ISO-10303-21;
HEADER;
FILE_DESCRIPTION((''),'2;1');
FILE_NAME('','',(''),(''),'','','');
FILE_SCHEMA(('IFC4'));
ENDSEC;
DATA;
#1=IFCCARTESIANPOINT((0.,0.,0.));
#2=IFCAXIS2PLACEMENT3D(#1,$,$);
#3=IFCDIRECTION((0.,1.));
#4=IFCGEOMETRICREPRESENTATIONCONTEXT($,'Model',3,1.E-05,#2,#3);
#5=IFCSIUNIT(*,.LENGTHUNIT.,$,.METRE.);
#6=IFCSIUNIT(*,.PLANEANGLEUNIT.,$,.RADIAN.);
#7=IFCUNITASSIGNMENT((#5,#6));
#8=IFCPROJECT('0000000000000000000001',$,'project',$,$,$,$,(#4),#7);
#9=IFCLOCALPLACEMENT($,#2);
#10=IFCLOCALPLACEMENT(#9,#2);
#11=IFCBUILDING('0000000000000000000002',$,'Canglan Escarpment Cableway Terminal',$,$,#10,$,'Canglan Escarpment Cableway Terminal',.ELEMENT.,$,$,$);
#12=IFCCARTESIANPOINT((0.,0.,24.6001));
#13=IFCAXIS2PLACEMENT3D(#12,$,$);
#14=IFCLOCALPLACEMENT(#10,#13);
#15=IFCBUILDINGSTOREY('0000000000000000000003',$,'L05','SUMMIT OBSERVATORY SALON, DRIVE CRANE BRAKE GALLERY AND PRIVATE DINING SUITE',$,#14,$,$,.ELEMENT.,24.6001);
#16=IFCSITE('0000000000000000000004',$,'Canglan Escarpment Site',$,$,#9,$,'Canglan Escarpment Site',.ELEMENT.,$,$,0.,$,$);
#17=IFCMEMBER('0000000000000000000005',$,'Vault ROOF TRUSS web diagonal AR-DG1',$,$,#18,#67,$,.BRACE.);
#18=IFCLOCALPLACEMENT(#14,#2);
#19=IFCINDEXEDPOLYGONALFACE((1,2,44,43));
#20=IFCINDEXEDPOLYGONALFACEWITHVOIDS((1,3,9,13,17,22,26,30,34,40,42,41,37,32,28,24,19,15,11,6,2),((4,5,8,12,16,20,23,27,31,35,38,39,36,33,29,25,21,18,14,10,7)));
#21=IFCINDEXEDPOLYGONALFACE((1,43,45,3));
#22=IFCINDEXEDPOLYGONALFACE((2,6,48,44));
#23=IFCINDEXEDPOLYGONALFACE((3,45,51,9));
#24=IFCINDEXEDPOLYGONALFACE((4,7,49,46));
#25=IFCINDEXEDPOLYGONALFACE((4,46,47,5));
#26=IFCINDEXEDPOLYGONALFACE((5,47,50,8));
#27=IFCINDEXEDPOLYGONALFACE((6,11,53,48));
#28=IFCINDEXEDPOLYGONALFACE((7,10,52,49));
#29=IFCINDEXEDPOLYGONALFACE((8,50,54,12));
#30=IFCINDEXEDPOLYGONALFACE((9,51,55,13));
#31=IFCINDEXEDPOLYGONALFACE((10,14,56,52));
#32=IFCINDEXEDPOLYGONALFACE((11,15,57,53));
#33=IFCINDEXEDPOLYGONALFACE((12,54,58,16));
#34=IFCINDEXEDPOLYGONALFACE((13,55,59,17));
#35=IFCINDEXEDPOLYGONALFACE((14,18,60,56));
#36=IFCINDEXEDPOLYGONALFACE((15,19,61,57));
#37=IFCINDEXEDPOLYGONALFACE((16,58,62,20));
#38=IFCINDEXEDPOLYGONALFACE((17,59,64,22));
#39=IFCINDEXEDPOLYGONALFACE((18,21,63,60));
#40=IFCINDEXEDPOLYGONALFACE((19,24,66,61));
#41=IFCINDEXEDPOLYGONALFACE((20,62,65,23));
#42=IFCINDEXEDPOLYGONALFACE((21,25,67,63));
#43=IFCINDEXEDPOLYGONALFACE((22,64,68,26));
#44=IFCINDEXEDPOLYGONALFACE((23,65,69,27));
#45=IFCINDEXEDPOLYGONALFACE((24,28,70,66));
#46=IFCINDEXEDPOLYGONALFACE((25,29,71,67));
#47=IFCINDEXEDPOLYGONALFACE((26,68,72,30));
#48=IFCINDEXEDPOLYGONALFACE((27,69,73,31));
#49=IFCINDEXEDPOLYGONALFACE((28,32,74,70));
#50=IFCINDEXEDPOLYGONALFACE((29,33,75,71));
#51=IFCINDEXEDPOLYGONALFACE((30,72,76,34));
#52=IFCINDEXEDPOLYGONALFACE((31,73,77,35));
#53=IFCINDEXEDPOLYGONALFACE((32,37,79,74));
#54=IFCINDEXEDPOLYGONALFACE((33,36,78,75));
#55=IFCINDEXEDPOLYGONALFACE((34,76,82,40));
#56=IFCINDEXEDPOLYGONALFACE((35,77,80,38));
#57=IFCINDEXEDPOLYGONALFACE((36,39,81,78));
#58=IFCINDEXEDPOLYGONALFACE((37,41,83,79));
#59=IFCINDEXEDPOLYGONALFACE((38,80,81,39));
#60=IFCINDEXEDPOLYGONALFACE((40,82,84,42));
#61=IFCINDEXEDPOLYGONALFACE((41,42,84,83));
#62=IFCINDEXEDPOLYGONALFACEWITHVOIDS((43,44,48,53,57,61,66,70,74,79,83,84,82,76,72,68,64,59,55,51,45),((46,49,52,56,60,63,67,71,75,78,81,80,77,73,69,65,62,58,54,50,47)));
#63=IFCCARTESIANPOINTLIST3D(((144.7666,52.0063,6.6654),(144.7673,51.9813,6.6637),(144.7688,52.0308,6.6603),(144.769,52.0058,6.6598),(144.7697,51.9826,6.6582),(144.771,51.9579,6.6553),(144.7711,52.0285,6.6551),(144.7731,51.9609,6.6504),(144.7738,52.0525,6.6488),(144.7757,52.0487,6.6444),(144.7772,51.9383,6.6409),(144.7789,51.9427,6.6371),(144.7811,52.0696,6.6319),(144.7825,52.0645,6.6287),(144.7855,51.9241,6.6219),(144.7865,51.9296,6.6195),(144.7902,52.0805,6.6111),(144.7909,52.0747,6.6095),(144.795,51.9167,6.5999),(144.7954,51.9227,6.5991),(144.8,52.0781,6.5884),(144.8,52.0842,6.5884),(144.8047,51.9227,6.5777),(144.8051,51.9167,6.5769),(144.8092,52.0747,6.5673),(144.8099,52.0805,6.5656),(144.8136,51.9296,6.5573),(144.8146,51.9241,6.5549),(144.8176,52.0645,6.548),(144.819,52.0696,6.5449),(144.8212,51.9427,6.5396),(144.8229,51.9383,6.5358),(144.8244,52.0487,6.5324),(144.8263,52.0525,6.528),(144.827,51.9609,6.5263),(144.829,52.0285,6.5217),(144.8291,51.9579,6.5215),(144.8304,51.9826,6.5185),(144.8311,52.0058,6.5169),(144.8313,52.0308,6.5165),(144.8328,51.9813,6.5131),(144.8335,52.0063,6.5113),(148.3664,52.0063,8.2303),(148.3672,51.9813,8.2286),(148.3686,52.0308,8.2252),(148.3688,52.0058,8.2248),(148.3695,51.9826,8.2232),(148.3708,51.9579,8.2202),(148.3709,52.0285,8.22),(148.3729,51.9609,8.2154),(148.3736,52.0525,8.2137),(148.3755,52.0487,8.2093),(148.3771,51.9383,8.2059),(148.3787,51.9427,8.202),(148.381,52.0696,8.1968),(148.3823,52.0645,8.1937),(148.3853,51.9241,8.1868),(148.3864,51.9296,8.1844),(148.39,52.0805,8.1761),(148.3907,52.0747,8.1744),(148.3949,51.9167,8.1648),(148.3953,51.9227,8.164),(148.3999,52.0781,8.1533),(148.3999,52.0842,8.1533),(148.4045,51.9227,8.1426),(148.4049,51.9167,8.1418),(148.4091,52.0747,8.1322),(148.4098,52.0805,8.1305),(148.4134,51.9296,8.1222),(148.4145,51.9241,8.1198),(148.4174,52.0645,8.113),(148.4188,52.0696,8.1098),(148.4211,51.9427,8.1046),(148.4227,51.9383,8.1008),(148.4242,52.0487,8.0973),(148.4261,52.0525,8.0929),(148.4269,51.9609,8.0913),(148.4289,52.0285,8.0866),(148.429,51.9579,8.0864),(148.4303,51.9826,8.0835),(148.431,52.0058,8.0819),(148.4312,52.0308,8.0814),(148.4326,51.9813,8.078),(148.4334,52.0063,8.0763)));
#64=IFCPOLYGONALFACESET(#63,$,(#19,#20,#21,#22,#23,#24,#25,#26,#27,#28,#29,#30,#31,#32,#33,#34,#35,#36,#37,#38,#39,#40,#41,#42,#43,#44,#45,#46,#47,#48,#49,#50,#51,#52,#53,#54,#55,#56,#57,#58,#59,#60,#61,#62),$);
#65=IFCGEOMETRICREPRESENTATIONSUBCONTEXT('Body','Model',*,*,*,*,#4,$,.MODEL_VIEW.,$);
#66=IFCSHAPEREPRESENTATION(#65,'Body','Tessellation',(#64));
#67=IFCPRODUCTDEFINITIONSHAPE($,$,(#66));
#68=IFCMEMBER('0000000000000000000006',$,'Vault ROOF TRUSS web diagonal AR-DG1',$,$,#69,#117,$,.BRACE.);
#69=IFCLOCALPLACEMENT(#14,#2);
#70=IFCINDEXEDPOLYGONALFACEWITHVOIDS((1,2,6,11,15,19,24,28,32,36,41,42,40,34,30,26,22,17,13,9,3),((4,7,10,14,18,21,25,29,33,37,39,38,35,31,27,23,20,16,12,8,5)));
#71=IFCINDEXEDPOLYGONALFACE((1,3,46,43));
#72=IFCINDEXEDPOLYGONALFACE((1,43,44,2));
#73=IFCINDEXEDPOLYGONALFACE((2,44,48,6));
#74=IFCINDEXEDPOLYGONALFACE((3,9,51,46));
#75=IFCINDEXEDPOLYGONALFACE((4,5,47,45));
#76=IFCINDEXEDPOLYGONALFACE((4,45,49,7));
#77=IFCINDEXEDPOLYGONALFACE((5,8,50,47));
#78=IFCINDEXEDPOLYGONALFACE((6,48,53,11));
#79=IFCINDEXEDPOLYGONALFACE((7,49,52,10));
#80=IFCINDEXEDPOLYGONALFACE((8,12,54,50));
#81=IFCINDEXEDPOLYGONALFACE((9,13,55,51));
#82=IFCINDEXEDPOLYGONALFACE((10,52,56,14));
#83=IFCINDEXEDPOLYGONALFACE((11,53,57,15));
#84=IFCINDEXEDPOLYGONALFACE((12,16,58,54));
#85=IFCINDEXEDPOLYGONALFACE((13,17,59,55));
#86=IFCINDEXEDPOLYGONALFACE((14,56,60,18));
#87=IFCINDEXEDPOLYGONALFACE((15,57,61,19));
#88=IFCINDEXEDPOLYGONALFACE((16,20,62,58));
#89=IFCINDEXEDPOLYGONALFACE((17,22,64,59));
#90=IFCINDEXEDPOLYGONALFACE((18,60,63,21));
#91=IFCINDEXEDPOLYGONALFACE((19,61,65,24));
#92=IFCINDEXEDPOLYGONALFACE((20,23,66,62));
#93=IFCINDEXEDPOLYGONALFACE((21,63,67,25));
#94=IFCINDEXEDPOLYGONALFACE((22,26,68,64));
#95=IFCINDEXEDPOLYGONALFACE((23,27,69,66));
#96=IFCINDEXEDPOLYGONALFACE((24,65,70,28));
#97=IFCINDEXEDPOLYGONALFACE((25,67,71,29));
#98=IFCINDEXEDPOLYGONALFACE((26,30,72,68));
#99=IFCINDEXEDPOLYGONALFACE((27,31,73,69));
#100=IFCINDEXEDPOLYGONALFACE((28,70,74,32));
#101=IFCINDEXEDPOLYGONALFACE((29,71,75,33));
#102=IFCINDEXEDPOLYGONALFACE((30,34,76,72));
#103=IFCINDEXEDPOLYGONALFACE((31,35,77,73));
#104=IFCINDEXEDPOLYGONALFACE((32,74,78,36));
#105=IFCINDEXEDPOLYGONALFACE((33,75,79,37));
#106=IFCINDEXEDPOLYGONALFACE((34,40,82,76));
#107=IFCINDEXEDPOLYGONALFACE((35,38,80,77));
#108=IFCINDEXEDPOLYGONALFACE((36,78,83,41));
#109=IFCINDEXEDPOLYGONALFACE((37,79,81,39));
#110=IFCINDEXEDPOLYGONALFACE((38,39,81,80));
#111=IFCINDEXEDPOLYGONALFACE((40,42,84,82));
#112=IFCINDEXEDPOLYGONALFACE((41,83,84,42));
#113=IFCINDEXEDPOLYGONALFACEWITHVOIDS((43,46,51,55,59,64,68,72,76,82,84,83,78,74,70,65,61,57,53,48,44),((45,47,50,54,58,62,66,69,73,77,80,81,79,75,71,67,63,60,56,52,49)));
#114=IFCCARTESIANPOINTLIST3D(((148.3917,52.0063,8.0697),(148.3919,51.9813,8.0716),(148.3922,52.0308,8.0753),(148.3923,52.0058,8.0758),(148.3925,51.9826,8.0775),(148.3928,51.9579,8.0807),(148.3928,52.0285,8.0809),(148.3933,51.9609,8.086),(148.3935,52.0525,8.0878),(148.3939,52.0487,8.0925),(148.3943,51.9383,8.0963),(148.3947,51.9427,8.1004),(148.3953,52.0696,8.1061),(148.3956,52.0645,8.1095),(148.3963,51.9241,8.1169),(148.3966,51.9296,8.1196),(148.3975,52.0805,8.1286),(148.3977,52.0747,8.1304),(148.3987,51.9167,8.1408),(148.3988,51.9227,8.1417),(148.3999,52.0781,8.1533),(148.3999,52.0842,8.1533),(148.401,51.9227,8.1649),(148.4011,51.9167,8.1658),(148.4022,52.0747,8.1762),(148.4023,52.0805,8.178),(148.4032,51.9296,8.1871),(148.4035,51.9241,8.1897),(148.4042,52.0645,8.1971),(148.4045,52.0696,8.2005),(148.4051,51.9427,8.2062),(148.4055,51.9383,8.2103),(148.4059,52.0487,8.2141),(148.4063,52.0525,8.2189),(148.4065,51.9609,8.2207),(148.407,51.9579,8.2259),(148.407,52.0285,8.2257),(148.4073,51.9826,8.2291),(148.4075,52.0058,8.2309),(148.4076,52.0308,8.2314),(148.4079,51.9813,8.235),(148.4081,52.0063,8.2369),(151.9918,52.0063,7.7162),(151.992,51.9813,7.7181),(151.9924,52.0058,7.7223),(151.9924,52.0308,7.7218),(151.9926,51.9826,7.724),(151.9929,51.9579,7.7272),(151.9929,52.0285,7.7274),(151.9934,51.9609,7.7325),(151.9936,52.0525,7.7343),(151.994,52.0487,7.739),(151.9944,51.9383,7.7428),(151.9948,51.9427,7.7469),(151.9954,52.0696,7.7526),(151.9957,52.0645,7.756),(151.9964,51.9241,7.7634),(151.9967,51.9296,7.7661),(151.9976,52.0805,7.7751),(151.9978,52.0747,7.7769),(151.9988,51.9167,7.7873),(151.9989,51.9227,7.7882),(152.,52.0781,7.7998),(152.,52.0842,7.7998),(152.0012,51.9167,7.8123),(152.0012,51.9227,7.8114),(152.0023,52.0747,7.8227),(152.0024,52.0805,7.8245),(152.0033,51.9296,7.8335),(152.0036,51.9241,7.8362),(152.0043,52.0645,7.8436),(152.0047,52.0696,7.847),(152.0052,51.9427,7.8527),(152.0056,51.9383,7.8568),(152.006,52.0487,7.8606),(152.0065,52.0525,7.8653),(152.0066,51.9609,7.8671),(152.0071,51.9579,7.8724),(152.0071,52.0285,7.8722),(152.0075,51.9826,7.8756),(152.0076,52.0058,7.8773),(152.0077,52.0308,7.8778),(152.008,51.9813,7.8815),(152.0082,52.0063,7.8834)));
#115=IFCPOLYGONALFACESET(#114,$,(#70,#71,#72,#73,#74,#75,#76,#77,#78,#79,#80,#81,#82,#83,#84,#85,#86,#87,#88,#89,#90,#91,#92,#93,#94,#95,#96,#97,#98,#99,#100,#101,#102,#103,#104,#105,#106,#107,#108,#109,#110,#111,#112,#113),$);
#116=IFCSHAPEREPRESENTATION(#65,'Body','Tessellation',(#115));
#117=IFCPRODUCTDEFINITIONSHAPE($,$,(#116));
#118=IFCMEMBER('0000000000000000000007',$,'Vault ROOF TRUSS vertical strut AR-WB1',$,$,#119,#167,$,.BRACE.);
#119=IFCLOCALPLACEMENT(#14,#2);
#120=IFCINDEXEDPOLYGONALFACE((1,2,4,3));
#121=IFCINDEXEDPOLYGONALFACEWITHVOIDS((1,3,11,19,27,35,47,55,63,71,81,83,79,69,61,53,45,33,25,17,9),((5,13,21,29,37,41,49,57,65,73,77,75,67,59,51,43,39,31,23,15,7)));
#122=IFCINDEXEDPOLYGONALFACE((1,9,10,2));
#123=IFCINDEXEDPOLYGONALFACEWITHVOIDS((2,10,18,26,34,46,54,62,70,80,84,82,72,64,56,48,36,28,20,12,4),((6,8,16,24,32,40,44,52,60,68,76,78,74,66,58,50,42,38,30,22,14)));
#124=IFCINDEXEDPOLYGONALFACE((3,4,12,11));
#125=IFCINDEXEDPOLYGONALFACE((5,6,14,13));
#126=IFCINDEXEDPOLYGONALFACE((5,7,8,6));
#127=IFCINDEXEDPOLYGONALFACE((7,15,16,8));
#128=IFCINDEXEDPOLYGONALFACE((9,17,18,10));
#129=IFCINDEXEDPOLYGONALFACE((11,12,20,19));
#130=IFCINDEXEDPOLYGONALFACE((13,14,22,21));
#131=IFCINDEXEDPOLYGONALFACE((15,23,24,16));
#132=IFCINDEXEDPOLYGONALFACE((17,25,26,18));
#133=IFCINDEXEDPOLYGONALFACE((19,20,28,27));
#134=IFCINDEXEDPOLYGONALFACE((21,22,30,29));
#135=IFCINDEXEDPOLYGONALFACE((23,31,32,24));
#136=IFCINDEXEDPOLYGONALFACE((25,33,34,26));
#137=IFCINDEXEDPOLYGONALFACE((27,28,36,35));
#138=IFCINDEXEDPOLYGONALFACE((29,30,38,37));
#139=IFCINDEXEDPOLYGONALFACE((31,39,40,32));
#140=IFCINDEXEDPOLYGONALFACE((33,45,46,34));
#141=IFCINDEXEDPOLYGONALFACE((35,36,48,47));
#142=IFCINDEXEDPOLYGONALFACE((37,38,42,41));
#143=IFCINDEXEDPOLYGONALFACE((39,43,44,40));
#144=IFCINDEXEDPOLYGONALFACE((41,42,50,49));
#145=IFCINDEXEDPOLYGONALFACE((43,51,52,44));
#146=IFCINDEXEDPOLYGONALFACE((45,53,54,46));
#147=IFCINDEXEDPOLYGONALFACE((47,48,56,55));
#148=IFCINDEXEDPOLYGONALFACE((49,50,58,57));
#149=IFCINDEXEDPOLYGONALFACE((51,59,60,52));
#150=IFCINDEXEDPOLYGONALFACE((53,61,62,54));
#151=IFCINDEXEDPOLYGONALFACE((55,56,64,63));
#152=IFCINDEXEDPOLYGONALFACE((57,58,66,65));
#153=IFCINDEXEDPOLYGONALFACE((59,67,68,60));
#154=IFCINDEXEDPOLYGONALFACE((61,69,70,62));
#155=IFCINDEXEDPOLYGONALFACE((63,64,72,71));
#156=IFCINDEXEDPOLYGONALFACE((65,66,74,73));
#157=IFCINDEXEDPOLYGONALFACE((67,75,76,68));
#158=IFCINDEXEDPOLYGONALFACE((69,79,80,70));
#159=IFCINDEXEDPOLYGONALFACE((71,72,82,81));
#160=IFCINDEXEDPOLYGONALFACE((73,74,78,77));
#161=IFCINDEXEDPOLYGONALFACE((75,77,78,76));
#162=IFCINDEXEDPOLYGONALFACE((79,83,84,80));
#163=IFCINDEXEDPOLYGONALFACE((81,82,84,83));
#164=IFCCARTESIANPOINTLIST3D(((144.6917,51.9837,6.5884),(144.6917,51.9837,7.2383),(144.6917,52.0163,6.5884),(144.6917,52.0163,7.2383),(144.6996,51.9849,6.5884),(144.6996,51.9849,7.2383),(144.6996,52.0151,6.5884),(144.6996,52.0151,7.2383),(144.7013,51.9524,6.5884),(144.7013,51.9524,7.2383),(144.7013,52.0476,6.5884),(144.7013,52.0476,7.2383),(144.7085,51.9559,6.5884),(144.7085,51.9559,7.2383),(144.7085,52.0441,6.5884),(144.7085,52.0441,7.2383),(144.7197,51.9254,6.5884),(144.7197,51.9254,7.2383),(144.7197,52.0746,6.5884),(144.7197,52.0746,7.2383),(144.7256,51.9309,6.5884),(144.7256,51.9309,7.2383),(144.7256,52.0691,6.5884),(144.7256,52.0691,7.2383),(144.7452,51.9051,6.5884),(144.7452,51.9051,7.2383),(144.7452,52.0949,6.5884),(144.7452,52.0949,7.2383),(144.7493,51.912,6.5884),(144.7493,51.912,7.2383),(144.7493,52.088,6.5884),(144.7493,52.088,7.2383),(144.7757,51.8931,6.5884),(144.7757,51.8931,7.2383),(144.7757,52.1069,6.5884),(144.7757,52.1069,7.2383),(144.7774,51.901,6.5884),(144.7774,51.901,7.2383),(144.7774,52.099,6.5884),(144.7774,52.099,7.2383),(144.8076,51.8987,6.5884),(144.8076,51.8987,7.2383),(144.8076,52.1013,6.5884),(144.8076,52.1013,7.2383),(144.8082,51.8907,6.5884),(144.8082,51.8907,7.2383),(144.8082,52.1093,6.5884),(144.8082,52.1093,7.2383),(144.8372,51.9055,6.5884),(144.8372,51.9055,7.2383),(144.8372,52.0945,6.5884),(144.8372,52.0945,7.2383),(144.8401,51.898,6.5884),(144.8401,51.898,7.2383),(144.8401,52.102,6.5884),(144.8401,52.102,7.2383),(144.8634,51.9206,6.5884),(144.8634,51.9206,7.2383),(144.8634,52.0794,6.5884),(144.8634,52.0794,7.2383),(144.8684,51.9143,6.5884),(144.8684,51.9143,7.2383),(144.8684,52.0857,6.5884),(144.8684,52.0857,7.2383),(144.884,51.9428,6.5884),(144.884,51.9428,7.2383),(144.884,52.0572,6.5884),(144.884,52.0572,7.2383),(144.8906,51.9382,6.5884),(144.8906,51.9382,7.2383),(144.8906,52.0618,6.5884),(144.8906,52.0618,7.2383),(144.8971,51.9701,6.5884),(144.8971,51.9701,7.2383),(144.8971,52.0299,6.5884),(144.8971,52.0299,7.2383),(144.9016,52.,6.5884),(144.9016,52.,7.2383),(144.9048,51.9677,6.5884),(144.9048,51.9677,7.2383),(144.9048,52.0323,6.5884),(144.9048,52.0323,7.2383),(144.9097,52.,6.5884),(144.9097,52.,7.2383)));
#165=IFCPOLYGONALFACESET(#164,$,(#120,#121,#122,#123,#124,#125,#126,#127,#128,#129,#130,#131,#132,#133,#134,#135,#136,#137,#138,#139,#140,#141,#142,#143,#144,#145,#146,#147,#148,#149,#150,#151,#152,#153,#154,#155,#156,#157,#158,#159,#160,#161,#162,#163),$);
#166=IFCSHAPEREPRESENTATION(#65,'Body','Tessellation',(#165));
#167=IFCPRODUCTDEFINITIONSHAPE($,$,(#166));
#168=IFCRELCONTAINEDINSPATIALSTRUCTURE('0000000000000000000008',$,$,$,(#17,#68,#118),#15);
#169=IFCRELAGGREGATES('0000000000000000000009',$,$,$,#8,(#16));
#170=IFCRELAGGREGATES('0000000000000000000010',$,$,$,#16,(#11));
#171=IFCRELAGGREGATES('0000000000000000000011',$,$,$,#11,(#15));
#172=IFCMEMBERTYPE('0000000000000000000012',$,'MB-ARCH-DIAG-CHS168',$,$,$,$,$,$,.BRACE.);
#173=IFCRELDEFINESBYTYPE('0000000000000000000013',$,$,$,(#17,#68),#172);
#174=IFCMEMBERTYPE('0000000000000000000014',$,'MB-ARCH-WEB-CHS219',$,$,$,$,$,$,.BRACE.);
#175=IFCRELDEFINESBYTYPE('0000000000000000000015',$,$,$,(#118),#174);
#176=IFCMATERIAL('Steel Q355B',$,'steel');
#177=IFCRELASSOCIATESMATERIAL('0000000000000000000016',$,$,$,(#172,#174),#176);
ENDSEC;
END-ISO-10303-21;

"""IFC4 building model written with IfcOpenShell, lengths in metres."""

from ifc_helpers import new_model, si_unit, direction, frame, origin, origin_2d, place, context, subcontext, project, spatial, hollow_circle, extrude, material, material_profile, profile_set, type_object, element, save


model = new_model("IFC4")

# Units and contexts
model_context = context("Model", 3, precision=1e-05, world=origin(), true_north=direction((0.0, 1.0)))
body_context = subcontext(model_context, "Body", "Model", "MODEL_VIEW")
ifc_project = project(units=[si_unit("LENGTHUNIT", "METRE"), si_unit("PLANEANGLEUNIT", "RADIAN")], contexts=[model_context])

# Site, building, storey
site_placement = place(None, origin())
site = spatial("IfcSite", under=ifc_project, at=site_placement, Name="Canglan Escarpment Site", LongName="Canglan Escarpment Site", CompositionType="ELEMENT", RefElevation=0.0)
building_placement = place(site_placement, origin())
building = spatial("IfcBuilding", under=site, at=building_placement, Name="Canglan Escarpment Cableway Terminal", LongName="Canglan Escarpment Cableway Terminal", CompositionType="ELEMENT")
storey_placement = place(building_placement, frame((0.0, 0.0, 24.6001)))
storey = spatial("IfcBuildingStorey", under=building, at=storey_placement, Name="L05", Description="SUMMIT OBSERVATORY SALON, DRIVE CRANE BRAKE GALLERY AND PRIVATE DINING SUITE", CompositionType="ELEMENT", Elevation=24.6001)

# Shared definitions
ifc_material_1 = material(Name="Steel Q355B", Category="steel")

# Members
ifc_material_profile_1 = material_profile(ifc_material_1, hollow_circle(Radius=0.0842, WallThickness=0.0061, at=origin_2d()), Name="CHS 168.3x6")
ifc_profile_set_1 = profile_set([ifc_material_profile_1], Name="Steel Q355B")
member_type_1 = type_object("IfcMemberType", Name="MB-ARCH-DIAG-CHS168", PredefinedType="BRACE", material=ifc_profile_set_1)
member_1_placement = place(storey_placement, frame((144.8, 52.0, 6.5884), z_axis=(0.91709, 0.0, 0.398681), x_axis=(0.0, 1.0, 0.0)))
element("IfcMember", 1, at=member_1_placement, inside=storey, type_object=member_type_1, Name="Vault ROOF TRUSS web diagonal AR-DG1", PredefinedType="BRACE", context=body_context, shape_type="SweptSolid", body=[
    extrude(hollow_circle(Radius=0.0842, WallThickness=0.0061, at=origin_2d()), origin(), (0.0, 0.0, 1.0), 3.9253),
])
member_2_placement = place(storey_placement, frame((148.3999, 52.0, 8.1533), z_axis=(0.995213, 0.0, -0.097726), x_axis=(0.0, 1.0, 0.0)))
element("IfcMember", 2, at=member_2_placement, inside=storey, type_object=member_type_1, Name="Vault ROOF TRUSS web diagonal AR-DG1", PredefinedType="BRACE", context=body_context, shape_type="SweptSolid", body=[
    extrude(hollow_circle(Radius=0.0842, WallThickness=0.0061, at=origin_2d()), origin(), (0.0, 0.0, 1.0), 3.6174),
])
ifc_material_profile_2 = material_profile(ifc_material_1, hollow_circle(Radius=0.1096, WallThickness=0.0081, at=origin_2d()), Name="CHS 219.1x8")
ifc_profile_set_2 = profile_set([ifc_material_profile_2], Name="Steel Q355B")
member_type_2 = type_object("IfcMemberType", Name="MB-ARCH-WEB-CHS219", PredefinedType="BRACE", material=ifc_profile_set_2)
for number, where, z_axis, x_axis, name in (
    (3, (144.8, 52.0, 6.5884), (0.0, 0.0, 1.0), (1.0, 0.0, 0.0), "Vault ROOF TRUSS vertical strut AR-WB1"),
):
    element("IfcMember", number, at=place(storey_placement, frame(where, z_axis=z_axis, x_axis=x_axis)), inside=storey, type_object=member_type_2, Name=name, PredefinedType="BRACE", context=body_context, shape_type="SweptSolid", body=[
        extrude(hollow_circle(Radius=0.1096, WallThickness=0.0081, at=origin_2d()), origin(), (0.0, 0.0, 1.0), 0.6499),
    ])

save(model, "model.ifc")
